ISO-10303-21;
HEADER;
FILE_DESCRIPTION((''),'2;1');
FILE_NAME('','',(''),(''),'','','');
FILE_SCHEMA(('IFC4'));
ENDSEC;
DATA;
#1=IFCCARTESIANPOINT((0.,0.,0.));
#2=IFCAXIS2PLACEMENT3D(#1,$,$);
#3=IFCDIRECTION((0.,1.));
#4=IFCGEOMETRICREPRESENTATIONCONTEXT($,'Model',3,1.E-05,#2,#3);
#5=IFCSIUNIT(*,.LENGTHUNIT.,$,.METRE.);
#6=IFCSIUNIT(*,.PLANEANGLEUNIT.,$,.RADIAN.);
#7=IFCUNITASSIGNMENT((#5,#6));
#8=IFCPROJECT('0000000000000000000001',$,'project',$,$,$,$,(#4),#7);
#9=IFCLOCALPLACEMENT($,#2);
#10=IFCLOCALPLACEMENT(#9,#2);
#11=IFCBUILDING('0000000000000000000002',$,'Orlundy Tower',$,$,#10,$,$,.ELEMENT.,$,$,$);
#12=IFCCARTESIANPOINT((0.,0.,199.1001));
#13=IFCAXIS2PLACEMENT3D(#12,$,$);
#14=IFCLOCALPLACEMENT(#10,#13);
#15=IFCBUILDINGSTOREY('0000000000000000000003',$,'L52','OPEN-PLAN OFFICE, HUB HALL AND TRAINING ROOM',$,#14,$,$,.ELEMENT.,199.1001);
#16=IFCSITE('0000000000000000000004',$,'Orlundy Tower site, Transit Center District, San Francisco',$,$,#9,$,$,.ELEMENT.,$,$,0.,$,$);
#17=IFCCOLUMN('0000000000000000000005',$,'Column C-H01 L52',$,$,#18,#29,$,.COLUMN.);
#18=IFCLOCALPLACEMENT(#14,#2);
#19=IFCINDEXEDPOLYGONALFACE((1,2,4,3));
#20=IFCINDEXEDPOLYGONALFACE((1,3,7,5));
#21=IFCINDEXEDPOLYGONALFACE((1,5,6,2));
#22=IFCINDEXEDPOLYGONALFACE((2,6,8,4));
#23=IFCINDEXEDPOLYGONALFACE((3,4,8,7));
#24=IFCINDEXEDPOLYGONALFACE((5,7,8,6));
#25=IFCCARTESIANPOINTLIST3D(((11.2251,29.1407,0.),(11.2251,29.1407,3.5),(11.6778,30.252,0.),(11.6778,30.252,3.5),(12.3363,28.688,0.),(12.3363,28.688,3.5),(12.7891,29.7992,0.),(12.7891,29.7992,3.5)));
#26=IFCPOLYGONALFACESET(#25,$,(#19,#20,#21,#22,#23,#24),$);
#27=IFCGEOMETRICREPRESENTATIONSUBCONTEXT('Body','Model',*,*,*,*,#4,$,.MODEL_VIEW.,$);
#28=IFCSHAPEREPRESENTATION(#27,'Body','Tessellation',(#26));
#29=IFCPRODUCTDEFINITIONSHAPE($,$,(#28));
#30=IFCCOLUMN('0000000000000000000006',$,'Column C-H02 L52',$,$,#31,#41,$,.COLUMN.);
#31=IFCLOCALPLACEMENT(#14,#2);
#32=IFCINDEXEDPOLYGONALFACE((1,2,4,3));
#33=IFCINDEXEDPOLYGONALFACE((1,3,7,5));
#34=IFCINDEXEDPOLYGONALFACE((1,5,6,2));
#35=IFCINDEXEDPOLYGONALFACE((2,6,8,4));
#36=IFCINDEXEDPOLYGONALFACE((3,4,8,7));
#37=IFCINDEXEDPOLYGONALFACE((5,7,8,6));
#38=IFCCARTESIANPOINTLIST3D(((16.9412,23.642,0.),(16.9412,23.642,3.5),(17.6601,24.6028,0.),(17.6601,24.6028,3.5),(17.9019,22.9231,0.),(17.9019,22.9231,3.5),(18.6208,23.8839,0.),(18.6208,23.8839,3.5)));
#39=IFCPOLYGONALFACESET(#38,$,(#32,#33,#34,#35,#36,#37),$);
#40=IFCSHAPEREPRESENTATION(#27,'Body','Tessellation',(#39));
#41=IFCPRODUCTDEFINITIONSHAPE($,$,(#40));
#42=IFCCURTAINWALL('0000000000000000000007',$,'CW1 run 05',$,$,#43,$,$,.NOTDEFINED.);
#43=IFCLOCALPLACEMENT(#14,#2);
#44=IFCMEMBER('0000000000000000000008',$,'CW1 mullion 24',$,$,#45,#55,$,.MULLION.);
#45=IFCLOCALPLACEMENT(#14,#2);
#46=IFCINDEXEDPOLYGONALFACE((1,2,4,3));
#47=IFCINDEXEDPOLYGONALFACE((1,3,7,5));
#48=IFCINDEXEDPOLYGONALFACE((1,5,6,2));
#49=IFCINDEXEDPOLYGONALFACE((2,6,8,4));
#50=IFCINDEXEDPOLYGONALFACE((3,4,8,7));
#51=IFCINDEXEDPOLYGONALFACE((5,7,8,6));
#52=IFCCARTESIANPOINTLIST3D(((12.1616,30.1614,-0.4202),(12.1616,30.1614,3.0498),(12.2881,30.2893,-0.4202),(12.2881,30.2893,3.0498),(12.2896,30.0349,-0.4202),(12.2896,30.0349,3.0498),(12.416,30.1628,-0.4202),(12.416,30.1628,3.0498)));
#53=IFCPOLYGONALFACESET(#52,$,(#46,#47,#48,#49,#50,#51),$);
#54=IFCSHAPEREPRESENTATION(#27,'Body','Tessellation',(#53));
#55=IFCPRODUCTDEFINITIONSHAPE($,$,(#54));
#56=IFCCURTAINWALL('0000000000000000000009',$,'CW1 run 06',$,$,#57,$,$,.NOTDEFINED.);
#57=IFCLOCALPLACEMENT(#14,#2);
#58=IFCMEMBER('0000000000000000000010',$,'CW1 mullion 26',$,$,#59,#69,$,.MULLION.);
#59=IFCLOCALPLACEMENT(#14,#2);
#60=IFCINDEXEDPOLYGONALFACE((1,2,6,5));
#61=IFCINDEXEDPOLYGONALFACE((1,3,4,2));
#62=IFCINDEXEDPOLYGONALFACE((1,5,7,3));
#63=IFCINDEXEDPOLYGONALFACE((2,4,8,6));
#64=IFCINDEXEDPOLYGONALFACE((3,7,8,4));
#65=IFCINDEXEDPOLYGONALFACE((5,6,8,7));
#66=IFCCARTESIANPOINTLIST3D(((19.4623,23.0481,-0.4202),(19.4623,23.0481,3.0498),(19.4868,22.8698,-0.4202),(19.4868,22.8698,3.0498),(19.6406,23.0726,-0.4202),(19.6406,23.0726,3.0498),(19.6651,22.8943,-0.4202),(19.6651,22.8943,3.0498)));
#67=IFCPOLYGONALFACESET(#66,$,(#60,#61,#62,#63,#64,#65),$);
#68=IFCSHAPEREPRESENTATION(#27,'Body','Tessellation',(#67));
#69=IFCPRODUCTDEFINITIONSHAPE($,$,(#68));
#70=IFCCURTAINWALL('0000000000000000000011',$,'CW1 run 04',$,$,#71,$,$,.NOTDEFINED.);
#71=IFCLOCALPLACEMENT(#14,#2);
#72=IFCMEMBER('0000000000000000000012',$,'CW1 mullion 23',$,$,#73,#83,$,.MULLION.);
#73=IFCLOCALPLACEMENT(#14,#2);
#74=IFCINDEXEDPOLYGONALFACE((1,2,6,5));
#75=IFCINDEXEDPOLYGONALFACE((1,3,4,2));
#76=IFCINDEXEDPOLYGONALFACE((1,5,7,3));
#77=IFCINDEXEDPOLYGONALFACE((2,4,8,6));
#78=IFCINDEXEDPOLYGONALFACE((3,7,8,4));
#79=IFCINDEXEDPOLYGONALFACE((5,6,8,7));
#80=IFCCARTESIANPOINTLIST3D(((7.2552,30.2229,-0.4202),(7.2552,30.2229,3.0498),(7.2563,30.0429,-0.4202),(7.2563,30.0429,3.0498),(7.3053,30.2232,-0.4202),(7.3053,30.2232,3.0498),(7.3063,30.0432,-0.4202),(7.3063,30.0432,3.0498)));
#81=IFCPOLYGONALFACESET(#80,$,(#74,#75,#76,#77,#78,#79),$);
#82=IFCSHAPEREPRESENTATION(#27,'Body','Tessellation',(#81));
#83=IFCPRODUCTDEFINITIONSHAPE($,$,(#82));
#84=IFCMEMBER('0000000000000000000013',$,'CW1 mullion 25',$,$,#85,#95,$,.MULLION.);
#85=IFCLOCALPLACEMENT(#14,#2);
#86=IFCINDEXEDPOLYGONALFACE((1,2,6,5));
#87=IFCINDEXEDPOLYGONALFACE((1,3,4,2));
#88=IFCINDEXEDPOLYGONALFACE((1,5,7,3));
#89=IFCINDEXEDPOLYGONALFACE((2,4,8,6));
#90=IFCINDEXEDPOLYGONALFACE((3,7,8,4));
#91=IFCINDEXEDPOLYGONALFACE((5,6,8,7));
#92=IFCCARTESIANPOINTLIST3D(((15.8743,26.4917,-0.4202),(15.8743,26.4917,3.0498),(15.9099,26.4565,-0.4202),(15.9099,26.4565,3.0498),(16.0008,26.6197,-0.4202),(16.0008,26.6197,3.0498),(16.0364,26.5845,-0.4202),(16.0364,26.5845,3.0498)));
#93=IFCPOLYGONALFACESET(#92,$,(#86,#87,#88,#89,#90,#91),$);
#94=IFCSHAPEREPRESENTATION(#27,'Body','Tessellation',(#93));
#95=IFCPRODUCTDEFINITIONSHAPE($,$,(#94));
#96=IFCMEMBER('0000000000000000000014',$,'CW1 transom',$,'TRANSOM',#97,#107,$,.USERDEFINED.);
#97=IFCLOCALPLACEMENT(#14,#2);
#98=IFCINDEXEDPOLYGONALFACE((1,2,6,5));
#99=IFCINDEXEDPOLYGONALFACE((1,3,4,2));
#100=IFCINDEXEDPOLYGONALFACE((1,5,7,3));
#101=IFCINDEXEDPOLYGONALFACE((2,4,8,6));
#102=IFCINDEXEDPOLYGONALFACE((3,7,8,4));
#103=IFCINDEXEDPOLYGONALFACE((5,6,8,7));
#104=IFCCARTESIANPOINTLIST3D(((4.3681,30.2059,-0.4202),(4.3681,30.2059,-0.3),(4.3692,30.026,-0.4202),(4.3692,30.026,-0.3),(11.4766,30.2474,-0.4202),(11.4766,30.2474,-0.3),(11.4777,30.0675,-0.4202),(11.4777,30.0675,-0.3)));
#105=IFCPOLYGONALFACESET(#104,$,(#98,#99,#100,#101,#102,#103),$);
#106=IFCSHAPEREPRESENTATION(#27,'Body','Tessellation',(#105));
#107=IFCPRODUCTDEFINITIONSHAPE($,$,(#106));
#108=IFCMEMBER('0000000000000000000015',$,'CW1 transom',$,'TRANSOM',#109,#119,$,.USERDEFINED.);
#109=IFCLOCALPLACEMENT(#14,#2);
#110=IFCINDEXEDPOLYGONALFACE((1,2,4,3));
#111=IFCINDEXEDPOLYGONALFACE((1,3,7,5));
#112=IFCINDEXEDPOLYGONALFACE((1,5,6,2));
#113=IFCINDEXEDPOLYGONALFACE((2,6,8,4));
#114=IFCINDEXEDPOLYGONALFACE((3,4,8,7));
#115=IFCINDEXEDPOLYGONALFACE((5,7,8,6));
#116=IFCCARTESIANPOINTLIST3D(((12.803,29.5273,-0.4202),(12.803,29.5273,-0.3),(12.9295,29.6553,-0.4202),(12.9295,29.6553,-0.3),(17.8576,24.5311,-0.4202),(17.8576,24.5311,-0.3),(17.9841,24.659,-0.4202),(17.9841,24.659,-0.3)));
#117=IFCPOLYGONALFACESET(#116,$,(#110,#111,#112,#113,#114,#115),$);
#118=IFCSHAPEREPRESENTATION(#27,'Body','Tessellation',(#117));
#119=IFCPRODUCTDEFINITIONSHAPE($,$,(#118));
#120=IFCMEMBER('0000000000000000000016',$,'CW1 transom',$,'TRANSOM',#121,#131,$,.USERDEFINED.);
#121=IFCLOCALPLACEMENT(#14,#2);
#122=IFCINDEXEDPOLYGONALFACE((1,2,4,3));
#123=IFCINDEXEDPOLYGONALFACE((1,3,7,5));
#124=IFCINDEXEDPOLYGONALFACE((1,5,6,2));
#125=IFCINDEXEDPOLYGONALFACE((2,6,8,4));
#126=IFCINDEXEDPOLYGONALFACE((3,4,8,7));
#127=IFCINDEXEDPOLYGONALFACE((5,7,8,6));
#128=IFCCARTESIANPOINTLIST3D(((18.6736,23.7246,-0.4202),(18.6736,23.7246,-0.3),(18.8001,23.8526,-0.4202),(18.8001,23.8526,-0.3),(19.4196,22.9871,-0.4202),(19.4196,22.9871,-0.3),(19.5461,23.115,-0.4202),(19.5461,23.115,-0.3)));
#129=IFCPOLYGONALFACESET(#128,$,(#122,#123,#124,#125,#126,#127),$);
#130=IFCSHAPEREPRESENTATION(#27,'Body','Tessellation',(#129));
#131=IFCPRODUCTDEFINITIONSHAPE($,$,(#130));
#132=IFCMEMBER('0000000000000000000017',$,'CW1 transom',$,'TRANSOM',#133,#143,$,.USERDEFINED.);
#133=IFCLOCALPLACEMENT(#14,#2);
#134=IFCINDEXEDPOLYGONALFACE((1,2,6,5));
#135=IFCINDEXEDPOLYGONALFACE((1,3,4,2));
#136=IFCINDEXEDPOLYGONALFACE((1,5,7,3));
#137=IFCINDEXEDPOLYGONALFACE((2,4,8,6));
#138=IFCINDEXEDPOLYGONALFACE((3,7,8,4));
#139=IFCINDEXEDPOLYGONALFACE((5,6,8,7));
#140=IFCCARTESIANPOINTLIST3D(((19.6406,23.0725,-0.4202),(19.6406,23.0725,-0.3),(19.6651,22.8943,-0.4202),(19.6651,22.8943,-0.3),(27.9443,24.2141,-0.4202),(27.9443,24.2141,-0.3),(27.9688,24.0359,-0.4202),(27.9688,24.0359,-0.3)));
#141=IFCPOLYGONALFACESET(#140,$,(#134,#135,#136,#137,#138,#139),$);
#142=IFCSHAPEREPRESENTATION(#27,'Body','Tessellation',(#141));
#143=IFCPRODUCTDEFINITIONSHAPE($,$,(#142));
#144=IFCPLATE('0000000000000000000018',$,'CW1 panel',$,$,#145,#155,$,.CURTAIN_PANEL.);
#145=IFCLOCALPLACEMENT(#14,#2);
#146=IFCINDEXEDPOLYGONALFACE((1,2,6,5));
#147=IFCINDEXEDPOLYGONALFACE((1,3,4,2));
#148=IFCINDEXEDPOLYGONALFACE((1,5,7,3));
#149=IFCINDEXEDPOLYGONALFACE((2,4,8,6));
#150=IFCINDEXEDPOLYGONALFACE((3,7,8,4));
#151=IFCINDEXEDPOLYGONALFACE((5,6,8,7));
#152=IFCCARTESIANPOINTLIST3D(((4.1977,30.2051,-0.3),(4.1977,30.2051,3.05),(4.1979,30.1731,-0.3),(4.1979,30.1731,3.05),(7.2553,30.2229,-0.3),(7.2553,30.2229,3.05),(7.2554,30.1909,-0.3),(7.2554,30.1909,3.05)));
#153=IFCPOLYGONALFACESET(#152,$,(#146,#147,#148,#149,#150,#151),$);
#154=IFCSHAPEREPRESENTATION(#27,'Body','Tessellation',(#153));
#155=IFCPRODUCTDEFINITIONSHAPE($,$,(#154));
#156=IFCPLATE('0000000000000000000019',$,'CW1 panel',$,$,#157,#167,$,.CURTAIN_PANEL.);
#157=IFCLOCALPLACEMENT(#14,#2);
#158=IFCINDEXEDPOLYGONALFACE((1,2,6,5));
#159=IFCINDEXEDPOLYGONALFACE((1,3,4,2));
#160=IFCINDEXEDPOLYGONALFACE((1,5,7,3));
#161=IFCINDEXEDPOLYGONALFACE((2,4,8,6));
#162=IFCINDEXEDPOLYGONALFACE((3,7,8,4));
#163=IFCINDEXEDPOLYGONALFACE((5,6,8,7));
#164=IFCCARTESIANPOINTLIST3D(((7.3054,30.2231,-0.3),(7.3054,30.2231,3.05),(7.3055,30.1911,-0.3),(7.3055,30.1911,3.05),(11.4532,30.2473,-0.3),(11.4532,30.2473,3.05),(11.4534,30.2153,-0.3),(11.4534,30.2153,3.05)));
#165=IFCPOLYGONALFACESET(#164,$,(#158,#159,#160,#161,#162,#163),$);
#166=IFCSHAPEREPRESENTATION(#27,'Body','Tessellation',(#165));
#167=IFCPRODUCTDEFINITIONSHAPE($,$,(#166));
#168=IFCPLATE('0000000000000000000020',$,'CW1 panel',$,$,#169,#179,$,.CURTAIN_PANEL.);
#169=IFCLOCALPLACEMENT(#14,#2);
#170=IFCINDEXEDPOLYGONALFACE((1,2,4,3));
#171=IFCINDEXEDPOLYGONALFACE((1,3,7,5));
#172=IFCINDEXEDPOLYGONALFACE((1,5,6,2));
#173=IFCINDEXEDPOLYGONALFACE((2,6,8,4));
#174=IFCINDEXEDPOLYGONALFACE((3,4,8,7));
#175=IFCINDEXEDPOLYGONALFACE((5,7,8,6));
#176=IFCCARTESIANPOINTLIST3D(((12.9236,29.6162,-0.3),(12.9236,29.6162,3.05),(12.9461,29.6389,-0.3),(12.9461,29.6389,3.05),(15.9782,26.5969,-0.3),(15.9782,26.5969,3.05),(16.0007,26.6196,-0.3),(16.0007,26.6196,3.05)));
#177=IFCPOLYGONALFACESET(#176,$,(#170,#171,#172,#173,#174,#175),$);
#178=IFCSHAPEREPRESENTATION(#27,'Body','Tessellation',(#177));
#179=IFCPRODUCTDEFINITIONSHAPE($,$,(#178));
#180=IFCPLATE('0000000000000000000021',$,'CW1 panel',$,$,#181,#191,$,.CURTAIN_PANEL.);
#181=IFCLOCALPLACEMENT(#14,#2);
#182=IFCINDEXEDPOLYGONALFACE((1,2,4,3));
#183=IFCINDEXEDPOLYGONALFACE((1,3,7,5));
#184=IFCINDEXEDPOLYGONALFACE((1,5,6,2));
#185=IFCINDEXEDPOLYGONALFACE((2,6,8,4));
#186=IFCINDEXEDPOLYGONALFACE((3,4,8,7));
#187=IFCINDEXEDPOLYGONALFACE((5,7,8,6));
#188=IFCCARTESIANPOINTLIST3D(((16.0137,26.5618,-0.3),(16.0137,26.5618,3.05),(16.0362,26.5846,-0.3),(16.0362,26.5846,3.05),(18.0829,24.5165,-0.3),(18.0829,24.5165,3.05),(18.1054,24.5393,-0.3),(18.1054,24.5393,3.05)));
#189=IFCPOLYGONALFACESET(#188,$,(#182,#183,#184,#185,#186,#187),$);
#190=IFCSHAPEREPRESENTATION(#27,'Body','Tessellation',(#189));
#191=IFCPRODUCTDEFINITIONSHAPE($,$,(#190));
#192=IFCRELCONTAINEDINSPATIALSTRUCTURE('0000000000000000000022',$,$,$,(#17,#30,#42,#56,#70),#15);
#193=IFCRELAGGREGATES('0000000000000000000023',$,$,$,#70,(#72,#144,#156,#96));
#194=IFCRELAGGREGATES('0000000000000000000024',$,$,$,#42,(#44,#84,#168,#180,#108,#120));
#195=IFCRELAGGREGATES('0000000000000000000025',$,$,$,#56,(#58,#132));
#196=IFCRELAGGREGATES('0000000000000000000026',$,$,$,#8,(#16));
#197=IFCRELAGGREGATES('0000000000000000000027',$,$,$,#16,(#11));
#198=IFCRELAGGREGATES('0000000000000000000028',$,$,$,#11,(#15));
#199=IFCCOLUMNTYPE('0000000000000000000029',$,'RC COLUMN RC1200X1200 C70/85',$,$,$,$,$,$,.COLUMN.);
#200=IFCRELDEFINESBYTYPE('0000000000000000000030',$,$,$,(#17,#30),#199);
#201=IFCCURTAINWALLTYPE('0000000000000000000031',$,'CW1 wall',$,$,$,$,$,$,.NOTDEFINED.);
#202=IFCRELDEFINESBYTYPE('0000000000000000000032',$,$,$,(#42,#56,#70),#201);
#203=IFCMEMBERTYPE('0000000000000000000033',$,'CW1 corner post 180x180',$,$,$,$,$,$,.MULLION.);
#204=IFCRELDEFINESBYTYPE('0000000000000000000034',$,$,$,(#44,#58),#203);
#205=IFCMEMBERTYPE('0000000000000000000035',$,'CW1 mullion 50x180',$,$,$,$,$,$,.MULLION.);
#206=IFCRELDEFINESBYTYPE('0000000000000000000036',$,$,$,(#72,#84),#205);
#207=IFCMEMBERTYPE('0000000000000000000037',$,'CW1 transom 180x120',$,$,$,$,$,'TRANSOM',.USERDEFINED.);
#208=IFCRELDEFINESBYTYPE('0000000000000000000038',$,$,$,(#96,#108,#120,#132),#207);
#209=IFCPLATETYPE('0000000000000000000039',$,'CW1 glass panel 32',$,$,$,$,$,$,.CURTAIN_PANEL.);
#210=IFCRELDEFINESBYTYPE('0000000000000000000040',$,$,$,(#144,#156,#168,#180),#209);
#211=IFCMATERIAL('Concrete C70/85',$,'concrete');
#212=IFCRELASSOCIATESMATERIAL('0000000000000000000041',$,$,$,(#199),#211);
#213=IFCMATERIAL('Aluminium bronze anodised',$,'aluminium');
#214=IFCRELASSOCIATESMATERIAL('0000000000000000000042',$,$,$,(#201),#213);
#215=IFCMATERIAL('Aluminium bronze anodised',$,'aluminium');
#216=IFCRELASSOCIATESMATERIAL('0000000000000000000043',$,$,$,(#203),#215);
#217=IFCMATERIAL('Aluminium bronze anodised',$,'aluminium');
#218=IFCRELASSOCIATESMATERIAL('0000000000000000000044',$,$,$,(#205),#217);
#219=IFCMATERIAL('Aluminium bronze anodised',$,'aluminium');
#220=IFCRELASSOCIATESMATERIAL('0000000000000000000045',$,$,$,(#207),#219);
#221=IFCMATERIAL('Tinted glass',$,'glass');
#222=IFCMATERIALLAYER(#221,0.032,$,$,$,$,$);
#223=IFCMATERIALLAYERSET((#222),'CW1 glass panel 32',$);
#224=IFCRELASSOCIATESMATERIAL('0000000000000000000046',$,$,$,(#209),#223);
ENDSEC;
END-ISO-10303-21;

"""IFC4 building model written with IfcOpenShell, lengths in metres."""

from ifc_helpers import new_model, si_unit, direction, frame, origin, origin_2d, place, context, subcontext, project, spatial, rectangle, extrude, material, layer, layer_set, material_profile, profile_set, type_object, element, aggregate, save


model = new_model("IFC4")

# Units and contexts
model_context = context("Model", 3, precision=1e-05, world=origin(), true_north=direction((0.0, 1.0)))
body_context = subcontext(model_context, "Body", "Model", "MODEL_VIEW")
ifc_project = project(units=[si_unit("LENGTHUNIT", "METRE"), si_unit("PLANEANGLEUNIT", "RADIAN")], contexts=[model_context])

# Site, building, storey
site_placement = place(None, origin())
site = spatial("IfcSite", under=ifc_project, at=site_placement, Name="Orlundy Tower site, Transit Center District, San Francisco", CompositionType="ELEMENT", RefElevation=0.0)
building_placement = place(site_placement, origin())
building = spatial("IfcBuilding", under=site, at=building_placement, Name="Orlundy Tower", CompositionType="ELEMENT")
storey_placement = place(building_placement, frame((0.0, 0.0, 199.1001)))
storey = spatial("IfcBuildingStorey", under=building, at=storey_placement, Name="L52", Description="OPEN-PLAN OFFICE, HUB HALL AND TRAINING ROOM", CompositionType="ELEMENT", Elevation=199.1001)

# Columns
ifc_material_1 = material(Name="Concrete C70/85", Category="concrete")
ifc_material_profile_1 = material_profile(ifc_material_1, rectangle(XDim=1.2, YDim=1.2, at=origin_2d()), Name="RC1200X1200")
ifc_profile_set_1 = profile_set([ifc_material_profile_1], Name="Concrete C70/85")
column_type = type_object("IfcColumnType", Name="RC COLUMN RC1200X1200 C70/85", PredefinedType="COLUMN", material=ifc_profile_set_1)
for number, where, z_axis, x_axis, name in (
    (1, (12.0071, 29.47, 0.0), (0.0, 0.0, 1.0), (0.377324, 0.926081, 0.0), "Column C-H01 L52"),
    (2, (17.781, 23.7629, 0.0), (0.0, 0.0, 1.0), (0.599107, 0.800669, 0.0), "Column C-H02 L52"),
):
    element("IfcColumn", number, at=place(storey_placement, frame(where, z_axis=z_axis, x_axis=x_axis)), inside=storey, type_object=column_type, Name=name, PredefinedType="COLUMN", context=body_context, shape_type="SweptSolid", body=[
        extrude(rectangle(XDim=1.2, YDim=1.2, at=origin_2d()), origin(), (0.0, 0.0, 1.0), 3.5),
    ])

# Curtain walls, members
ifc_material_2 = material(Name="Aluminium bronze anodised", Category="aluminium")
curtain_wall_type = type_object("IfcCurtainWallType", Name="CW1 wall", PredefinedType="NOTDEFINED", material=ifc_material_2)
curtain_wall_1_placement = place(storey_placement, origin())
curtain_wall_1 = element("IfcCurtainWall", 3, at=curtain_wall_1_placement, inside=storey, type_object=curtain_wall_type, Name="CW1 run 05", PredefinedType="NOTDEFINED")
ifc_material_3 = material(Name="Aluminium bronze anodised", Category="aluminium")
ifc_material_profile_2 = material_profile(ifc_material_3, rectangle(XDim=0.1799, YDim=0.1799, at=origin_2d()), Name="CW1 corner post 180x180")
ifc_profile_set_2 = profile_set([ifc_material_profile_2], Name="Aluminium bronze anodised")
member_type_1 = type_object("IfcMemberType", Name="CW1 corner post 180x180", PredefinedType="MULLION", material=ifc_profile_set_2)
member_1_placement = place(storey_placement, frame((12.2888, 30.1621, -0.4202), z_axis=(0.0, 0.0, 1.0), x_axis=(0.702992, 0.711198, 0.0)))
member_1 = element("IfcMember", 4, at=member_1_placement, type_object=member_type_1, Name="CW1 mullion 24", PredefinedType="MULLION", context=body_context, shape_type="SweptSolid", body=[
    extrude(rectangle(XDim=0.1799, YDim=0.1799, at=origin_2d()), origin(), (0.0, 0.0, 1.0), 3.47),
])
curtain_wall_2_placement = place(storey_placement, origin())
curtain_wall_2 = element("IfcCurtainWall", 5, at=curtain_wall_2_placement, inside=storey, type_object=curtain_wall_type, Name="CW1 run 06", PredefinedType="NOTDEFINED")
member_2_placement = place(storey_placement, frame((19.5637, 22.9712, -0.4202), z_axis=(0.0, 0.0, 1.0), x_axis=(-0.136185, 0.990683, 0.0)))
member_2 = element("IfcMember", 6, at=member_2_placement, type_object=member_type_1, Name="CW1 mullion 26", PredefinedType="MULLION", context=body_context, shape_type="SweptSolid", body=[
    extrude(rectangle(XDim=0.1799, YDim=0.1799, at=origin_2d()), origin(), (0.0, 0.0, 1.0), 3.47),
])
curtain_wall_3_placement = place(storey_placement, origin())
curtain_wall_3 = element("IfcCurtainWall", 7, at=curtain_wall_3_placement, inside=storey, type_object=curtain_wall_type, Name="CW1 run 04", PredefinedType="NOTDEFINED")
ifc_material_4 = material(Name="Aluminium bronze anodised", Category="aluminium")
ifc_material_profile_3 = material_profile(ifc_material_4, rectangle(XDim=0.1799, YDim=0.05, at=origin_2d()), Name="CW1 mullion 50x180")
ifc_profile_set_3 = profile_set([ifc_material_profile_3], Name="Aluminium bronze anodised")
member_type_2 = type_object("IfcMemberType", Name="CW1 mullion 50x180", PredefinedType="MULLION", material=ifc_profile_set_3)
member_3_placement = place(storey_placement, frame((7.2808, 30.1331, -0.4202), z_axis=(0.0, 0.0, 1.0), x_axis=(-0.005834, 0.999983, 0.0)))
member_3 = element("IfcMember", 8, at=member_3_placement, type_object=member_type_2, Name="CW1 mullion 23", PredefinedType="MULLION", context=body_context, shape_type="SweptSolid", body=[
    extrude(rectangle(XDim=0.1799, YDim=0.05, at=origin_2d()), origin(), (0.0, 0.0, 1.0), 3.47),
])

# Members
member_4_placement = place(storey_placement, frame((15.9553, 26.5381, -0.4202), z_axis=(0.0, 0.0, 1.0), x_axis=(0.702992, 0.711198, 0.0)))
member_4 = element("IfcMember", 9, at=member_4_placement, type_object=member_type_2, Name="CW1 mullion 25", PredefinedType="MULLION", context=body_context, shape_type="SweptSolid", body=[
    extrude(rectangle(XDim=0.1799, YDim=0.05, at=origin_2d()), origin(), (0.0, 0.0, 1.0), 3.47),
])
ifc_material_5 = material(Name="Aluminium bronze anodised", Category="aluminium")
ifc_material_profile_4 = material_profile(ifc_material_5, rectangle(XDim=0.1799, YDim=0.1201, at=origin_2d()), Name="CW1 transom 180x120")
ifc_profile_set_4 = profile_set([ifc_material_profile_4], Name="Aluminium bronze anodised")
member_type_3 = type_object("IfcMemberType", Name="CW1 transom 180x120", ElementType="TRANSOM", PredefinedType="USERDEFINED", material=ifc_profile_set_4)
member_5_placement = place(storey_placement, frame((4.3687, 30.116, -0.3601), z_axis=(0.999983, 0.005838, 0.0), x_axis=(-0.005838, 0.999983, 0.0)))
member_5 = element("IfcMember", 10, at=member_5_placement, type_object=member_type_3, Name="CW1 transom", ObjectType="TRANSOM", PredefinedType="USERDEFINED", context=body_context, shape_type="SweptSolid", body=[
    extrude(rectangle(XDim=0.1799, YDim=0.1201, at=origin_2d()), origin(), (0.0, 0.0, 1.0), 7.1086),
])
member_6_placement = place(storey_placement, frame((12.8662, 29.5913, -0.3601), z_axis=(0.7112, -0.70299, 0.0), x_axis=(0.70299, 0.7112, 0.0)))
member_6 = element("IfcMember", 11, at=member_6_placement, type_object=member_type_3, Name="CW1 transom", ObjectType="TRANSOM", PredefinedType="USERDEFINED", context=body_context, shape_type="SweptSolid", body=[
    extrude(rectangle(XDim=0.1799, YDim=0.1201, at=origin_2d()), origin(), (0.0, 0.0, 1.0), 7.1072),
])
member_7_placement = place(storey_placement, frame((18.7368, 23.7886, -0.3601), z_axis=(0.711168, -0.703023, 0.0), x_axis=(0.703023, 0.711168, 0.0)))
member_7 = element("IfcMember", 12, at=member_7_placement, type_object=member_type_3, Name="CW1 transom", ObjectType="TRANSOM", PredefinedType="USERDEFINED", context=body_context, shape_type="SweptSolid", body=[
    extrude(rectangle(XDim=0.1799, YDim=0.1201, at=origin_2d()), origin(), (0.0, 0.0, 1.0), 1.0491),
])
member_8_placement = place(storey_placement, frame((19.6528, 22.9834, -0.3601), z_axis=(0.990681, 0.1362, 0.0), x_axis=(-0.1362, 0.990681, 0.0)))
member_8 = element("IfcMember", 13, at=member_8_placement, type_object=member_type_3, Name="CW1 transom", ObjectType="TRANSOM", PredefinedType="USERDEFINED", context=body_context, shape_type="SweptSolid", body=[
    extrude(rectangle(XDim=0.1799, YDim=0.1201, at=origin_2d()), origin(), (0.0, 0.0, 1.0), 8.3818),
])

# Plates
ifc_material_6 = material(Name="Tinted glass", Category="glass")
ifc_layer_1 = layer(ifc_material_6, 0.032)
ifc_layer_set_1 = layer_set([ifc_layer_1], Name="CW1 glass panel 32")
plate_type = type_object("IfcPlateType", Name="CW1 glass panel 32", PredefinedType="CURTAIN_PANEL", material=ifc_layer_set_1)
plate_1_placement = place(storey_placement, frame((5.7266, 30.198, -0.3), z_axis=(0.0, 0.0, 1.0), x_axis=(0.999983, 0.005834, 0.0)))
plate_1 = element("IfcPlate", 14, at=plate_1_placement, type_object=plate_type, Name="CW1 panel", PredefinedType="CURTAIN_PANEL", context=body_context, shape_type="SweptSolid", body=[
    extrude(rectangle(XDim=3.0576, YDim=0.032, at=origin_2d()), origin(), (0.0, 0.0, 1.0), 3.3501),
])
plate_2_placement = place(storey_placement, frame((9.3794, 30.2192, -0.3), z_axis=(0.0, 0.0, 1.0), x_axis=(0.999983, 0.005834, 0.0)))
plate_2 = element("IfcPlate", 15, at=plate_2_placement, type_object=plate_type, Name="CW1 panel", PredefinedType="CURTAIN_PANEL", context=body_context, shape_type="SweptSolid", body=[
    extrude(rectangle(XDim=4.1479, YDim=0.032, at=origin_2d()), origin(), (0.0, 0.0, 1.0), 3.3501),
])
aggregate(curtain_wall_3, [member_3, plate_1, plate_2, member_5])
plate_3_placement = place(storey_placement, frame((14.4622, 28.1179, -0.3), z_axis=(0.0, 0.0, 1.0), x_axis=(0.711198, -0.702992, 0.0)))
plate_3 = element("IfcPlate", 16, at=plate_3_placement, type_object=plate_type, Name="CW1 panel", PredefinedType="CURTAIN_PANEL", context=body_context, shape_type="SweptSolid", body=[
    extrude(rectangle(XDim=4.2949, YDim=0.032, at=origin_2d()), origin(), (0.0, 0.0, 1.0), 3.3501),
])
plate_4_placement = place(storey_placement, frame((17.0596, 25.5505, -0.3), z_axis=(0.0, 0.0, 1.0), x_axis=(0.711198, -0.702992, 0.0)))
plate_4 = element("IfcPlate", 17, at=plate_4_placement, type_object=plate_type, Name="CW1 panel", PredefinedType="CURTAIN_PANEL", context=body_context, shape_type="SweptSolid", body=[
    extrude(rectangle(XDim=2.9094, YDim=0.032, at=origin_2d()), origin(), (0.0, 0.0, 1.0), 3.3501),
])
aggregate(curtain_wall_1, [member_1, member_4, plate_3, plate_4, member_6, member_7])
aggregate(curtain_wall_2, [member_2, member_8])

save(model, "model.ifc")
